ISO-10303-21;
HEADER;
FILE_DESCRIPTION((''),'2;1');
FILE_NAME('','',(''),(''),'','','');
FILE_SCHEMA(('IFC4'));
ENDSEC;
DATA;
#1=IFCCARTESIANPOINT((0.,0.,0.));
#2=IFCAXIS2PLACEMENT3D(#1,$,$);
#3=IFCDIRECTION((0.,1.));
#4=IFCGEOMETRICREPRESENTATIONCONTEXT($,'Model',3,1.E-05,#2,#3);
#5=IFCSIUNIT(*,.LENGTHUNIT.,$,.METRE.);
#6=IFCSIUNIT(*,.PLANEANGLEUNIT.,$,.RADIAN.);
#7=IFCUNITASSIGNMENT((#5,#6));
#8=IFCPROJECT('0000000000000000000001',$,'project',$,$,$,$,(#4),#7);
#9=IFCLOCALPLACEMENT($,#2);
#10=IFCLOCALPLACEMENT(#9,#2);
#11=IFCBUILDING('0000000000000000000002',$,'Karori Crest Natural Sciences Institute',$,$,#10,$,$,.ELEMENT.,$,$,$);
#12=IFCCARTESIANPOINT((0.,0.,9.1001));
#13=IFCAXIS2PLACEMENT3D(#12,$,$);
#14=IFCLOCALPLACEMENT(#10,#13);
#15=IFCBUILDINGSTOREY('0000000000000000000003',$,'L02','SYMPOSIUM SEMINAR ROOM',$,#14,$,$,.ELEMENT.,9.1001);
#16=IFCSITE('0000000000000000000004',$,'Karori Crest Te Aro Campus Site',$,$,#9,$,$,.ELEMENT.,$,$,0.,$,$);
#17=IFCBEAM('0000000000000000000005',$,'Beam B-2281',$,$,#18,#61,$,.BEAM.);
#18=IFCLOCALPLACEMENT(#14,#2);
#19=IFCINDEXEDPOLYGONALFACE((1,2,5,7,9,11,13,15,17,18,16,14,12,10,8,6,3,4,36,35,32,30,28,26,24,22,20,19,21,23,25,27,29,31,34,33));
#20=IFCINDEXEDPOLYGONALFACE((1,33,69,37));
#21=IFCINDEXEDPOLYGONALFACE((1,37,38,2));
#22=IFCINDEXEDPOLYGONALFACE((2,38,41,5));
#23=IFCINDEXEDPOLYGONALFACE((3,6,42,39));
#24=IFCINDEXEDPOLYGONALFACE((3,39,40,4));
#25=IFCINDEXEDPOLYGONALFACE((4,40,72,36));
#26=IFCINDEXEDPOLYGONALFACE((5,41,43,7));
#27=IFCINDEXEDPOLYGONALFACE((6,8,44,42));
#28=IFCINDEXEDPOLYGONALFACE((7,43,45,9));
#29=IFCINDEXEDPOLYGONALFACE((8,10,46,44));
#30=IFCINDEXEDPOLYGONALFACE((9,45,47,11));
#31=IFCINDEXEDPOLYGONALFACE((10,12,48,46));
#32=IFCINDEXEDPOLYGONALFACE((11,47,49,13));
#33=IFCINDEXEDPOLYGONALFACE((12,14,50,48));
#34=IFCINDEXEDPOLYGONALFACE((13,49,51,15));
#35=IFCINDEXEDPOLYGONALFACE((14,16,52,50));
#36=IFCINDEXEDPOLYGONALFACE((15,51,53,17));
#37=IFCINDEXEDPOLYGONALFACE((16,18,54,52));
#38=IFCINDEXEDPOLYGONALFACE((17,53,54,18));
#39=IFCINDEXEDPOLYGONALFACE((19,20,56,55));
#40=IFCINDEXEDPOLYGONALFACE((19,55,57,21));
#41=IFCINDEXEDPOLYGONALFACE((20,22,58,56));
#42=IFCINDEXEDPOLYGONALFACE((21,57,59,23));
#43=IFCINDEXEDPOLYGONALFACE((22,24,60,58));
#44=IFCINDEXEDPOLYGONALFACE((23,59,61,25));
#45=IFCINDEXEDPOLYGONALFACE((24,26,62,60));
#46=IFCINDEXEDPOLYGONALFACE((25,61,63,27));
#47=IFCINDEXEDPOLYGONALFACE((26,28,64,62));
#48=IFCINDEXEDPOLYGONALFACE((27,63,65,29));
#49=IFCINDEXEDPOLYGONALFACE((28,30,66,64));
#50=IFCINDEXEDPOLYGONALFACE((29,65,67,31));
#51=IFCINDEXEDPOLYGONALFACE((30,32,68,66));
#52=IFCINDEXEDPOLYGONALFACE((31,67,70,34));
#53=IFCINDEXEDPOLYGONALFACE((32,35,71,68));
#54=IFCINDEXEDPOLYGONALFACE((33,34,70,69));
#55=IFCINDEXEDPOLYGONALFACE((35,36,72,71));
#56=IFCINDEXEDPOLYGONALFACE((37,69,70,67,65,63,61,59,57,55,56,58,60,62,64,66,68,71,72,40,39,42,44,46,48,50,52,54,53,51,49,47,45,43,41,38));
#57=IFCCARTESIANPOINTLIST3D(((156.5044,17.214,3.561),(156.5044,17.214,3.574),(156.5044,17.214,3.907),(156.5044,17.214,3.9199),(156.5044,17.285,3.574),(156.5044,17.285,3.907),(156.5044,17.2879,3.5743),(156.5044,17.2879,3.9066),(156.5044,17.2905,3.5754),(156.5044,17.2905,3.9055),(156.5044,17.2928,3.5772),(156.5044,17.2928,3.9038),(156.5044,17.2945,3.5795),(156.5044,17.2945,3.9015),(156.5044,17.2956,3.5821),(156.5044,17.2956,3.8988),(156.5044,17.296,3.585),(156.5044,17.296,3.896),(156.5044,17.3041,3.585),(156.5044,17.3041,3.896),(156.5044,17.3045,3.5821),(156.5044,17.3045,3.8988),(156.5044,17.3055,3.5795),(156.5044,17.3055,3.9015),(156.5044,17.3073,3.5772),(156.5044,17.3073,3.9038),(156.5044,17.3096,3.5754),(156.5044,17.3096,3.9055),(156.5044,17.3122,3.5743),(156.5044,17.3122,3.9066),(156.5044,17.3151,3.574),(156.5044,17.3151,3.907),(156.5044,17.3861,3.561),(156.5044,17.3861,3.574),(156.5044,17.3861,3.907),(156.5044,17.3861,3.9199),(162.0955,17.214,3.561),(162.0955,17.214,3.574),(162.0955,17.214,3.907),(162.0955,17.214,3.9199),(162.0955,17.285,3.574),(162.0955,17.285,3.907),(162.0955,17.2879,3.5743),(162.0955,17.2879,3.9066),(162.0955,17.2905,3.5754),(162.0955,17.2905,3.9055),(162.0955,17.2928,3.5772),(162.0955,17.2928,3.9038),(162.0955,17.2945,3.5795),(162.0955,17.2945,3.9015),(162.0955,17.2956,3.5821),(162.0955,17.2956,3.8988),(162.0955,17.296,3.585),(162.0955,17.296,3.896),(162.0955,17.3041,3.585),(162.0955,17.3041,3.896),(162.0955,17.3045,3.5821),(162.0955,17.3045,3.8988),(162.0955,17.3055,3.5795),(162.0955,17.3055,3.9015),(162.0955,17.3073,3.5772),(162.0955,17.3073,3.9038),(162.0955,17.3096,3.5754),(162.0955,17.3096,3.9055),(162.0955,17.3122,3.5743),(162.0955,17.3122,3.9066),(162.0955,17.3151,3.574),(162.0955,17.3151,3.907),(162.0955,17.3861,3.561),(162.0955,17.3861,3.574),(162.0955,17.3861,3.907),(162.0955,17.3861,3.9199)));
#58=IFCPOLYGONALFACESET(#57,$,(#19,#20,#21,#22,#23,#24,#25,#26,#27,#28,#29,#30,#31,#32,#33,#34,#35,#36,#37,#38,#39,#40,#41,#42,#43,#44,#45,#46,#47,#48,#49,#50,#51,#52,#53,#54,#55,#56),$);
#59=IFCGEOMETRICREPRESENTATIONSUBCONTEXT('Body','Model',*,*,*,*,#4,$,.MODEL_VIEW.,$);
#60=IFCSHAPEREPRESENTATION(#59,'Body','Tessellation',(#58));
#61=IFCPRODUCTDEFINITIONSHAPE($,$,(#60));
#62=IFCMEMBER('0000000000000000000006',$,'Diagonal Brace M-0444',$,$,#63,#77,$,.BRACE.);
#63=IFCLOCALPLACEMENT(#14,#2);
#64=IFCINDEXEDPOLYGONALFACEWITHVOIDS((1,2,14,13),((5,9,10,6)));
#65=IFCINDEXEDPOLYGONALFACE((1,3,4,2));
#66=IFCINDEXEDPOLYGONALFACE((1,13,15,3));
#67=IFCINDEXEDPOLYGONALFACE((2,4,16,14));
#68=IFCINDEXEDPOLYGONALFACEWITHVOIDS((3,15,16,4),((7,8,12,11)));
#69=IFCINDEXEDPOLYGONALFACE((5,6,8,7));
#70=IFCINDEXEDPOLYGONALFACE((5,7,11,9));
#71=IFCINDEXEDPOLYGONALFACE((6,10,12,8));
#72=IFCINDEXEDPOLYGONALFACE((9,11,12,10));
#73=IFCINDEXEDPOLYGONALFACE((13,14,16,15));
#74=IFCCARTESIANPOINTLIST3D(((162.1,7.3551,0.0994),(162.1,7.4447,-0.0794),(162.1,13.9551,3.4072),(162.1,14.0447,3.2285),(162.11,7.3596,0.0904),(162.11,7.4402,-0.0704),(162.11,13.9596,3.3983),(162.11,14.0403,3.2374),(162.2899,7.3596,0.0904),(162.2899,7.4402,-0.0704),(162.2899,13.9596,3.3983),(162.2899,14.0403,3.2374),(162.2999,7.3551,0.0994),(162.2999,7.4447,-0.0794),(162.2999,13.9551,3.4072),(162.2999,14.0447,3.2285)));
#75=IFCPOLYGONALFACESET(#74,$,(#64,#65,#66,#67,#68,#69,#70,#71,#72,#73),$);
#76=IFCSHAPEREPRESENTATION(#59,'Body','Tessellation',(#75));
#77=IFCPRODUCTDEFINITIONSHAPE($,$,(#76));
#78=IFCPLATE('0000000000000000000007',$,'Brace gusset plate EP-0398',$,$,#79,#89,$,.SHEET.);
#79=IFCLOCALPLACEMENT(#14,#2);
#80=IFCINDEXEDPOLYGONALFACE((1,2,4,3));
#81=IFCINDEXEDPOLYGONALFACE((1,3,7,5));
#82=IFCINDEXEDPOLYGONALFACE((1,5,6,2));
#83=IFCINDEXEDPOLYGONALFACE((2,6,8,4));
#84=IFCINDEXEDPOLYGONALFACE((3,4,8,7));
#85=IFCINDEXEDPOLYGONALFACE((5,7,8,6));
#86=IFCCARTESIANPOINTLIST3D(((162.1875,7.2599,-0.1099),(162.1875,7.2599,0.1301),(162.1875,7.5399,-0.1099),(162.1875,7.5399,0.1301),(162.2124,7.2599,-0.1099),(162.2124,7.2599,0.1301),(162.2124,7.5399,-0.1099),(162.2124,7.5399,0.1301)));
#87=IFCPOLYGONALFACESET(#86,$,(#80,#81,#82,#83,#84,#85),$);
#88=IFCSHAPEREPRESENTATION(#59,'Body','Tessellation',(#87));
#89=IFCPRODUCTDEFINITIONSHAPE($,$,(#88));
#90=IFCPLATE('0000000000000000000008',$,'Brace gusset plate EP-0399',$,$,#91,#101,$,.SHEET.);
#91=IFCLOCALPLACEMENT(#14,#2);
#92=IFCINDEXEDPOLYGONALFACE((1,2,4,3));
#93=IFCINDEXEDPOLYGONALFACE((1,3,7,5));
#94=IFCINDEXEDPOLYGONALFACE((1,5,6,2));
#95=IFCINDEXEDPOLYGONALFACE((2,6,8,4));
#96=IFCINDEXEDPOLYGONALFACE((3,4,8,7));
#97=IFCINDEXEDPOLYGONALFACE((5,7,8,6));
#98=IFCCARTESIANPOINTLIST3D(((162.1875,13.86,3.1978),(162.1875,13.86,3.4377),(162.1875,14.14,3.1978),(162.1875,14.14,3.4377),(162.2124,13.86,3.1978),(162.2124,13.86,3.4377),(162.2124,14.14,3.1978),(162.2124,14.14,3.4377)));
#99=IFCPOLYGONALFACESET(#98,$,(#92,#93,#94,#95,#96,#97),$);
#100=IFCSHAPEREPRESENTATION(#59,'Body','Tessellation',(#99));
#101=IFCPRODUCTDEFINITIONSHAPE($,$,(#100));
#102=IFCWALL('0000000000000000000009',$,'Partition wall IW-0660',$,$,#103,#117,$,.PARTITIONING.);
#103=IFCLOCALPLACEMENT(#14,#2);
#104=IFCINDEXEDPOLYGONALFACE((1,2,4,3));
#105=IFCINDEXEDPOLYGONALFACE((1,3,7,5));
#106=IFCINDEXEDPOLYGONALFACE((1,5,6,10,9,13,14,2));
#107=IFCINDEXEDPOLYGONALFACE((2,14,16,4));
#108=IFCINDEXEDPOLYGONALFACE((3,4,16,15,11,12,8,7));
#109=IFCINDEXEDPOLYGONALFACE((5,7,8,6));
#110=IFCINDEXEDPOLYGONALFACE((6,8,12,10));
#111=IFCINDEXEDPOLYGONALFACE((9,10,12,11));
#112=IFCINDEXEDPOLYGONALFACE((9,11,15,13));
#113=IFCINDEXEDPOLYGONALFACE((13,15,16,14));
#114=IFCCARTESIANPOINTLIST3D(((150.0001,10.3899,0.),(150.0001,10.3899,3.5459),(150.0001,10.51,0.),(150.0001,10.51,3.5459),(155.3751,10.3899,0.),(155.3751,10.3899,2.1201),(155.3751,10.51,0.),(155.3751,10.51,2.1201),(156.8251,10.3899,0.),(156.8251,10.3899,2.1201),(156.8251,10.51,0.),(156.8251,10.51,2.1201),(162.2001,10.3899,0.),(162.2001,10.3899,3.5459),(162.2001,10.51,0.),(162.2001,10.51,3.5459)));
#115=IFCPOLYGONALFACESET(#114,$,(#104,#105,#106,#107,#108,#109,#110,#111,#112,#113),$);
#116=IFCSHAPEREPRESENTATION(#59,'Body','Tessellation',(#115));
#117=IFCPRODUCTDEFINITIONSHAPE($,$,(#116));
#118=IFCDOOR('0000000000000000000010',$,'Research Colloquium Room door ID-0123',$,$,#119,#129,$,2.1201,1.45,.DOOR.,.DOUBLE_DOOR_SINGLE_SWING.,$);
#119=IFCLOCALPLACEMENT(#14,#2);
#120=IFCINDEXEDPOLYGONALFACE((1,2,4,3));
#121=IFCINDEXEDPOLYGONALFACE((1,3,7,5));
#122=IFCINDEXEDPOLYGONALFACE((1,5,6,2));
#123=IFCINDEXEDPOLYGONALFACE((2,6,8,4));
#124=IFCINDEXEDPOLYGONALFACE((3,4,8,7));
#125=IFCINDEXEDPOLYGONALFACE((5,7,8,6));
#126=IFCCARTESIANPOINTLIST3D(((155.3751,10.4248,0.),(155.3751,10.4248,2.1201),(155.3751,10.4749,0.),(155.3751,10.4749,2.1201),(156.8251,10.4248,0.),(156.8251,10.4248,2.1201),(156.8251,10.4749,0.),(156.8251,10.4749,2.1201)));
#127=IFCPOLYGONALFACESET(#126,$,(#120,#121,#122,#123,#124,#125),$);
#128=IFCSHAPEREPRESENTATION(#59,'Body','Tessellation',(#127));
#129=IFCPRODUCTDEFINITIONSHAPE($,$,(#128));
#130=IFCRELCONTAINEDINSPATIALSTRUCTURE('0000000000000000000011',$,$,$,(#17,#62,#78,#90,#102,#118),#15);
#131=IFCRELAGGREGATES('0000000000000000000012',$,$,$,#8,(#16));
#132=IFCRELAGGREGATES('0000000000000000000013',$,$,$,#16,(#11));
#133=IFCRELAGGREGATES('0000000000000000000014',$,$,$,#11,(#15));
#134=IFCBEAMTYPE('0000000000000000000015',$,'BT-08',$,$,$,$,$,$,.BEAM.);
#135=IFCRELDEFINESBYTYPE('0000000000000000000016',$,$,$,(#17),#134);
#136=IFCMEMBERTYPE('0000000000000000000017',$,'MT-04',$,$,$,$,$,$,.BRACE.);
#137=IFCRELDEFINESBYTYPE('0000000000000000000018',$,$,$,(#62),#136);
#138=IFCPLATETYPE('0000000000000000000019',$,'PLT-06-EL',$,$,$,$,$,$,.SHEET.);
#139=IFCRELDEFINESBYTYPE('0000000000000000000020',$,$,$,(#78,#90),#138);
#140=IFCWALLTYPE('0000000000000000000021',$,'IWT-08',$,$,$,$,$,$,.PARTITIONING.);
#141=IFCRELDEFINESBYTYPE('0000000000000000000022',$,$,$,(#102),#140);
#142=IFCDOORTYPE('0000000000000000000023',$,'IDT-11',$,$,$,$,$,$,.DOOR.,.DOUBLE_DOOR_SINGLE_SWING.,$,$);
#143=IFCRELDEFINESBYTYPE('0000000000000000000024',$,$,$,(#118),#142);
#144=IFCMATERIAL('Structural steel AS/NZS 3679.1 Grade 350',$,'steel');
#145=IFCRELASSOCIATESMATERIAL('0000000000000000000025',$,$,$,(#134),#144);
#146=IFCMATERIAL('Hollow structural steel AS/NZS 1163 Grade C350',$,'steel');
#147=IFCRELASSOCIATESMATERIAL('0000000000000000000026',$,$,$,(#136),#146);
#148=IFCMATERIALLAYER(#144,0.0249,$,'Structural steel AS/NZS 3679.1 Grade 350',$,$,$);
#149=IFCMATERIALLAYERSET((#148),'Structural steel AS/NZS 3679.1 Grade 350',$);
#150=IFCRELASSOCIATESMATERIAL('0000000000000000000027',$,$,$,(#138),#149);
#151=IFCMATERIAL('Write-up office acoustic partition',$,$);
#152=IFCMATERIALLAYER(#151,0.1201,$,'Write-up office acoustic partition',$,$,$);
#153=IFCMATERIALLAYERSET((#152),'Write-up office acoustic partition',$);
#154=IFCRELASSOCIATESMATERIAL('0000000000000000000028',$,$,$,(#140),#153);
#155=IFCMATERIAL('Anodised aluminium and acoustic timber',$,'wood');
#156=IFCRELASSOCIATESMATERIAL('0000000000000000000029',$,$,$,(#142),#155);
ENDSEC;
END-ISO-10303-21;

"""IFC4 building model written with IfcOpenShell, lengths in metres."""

from ifc_helpers import new_model, si_unit, direction, frame, frame_2d, origin, origin_2d, place, context, subcontext, project, spatial, rectangle, hollow_rectangle, i_section, extrude, material, layer, layer_set, material_profile, profile_set, type_object, element, fill, save


model = new_model("IFC4")

# Units and contexts
model_context = context("Model", 3, precision=1e-05, world=origin(), true_north=direction((0.0, 1.0)))
body_context = subcontext(model_context, "Body", "Model", "MODEL_VIEW")
ifc_project = project(units=[si_unit("LENGTHUNIT", "METRE"), si_unit("PLANEANGLEUNIT", "RADIAN")], contexts=[model_context])

# Site, building, storey
site_placement = place(None, origin())
site = spatial("IfcSite", under=ifc_project, at=site_placement, Name="Karori Crest Te Aro Campus Site", CompositionType="ELEMENT", RefElevation=0.0)
building_placement = place(site_placement, origin())
building = spatial("IfcBuilding", under=site, at=building_placement, Name="Karori Crest Natural Sciences Institute", CompositionType="ELEMENT")
storey_placement = place(building_placement, frame((0.0, 0.0, 9.1001)))
storey = spatial("IfcBuildingStorey", under=building, at=storey_placement, Name="L02", Description="SYMPOSIUM SEMINAR ROOM", CompositionType="ELEMENT", Elevation=9.1001)

# Shared definitions
ifc_material_1 = material(Name="Structural steel AS/NZS 3679.1 Grade 350", Category="steel")

# Beam
ifc_material_profile_1 = material_profile(ifc_material_1, i_section(OverallWidth=0.1721, OverallDepth=0.3589, WebThickness=0.0081, FlangeThickness=0.0129, FilletRadius=0.011, at=origin_2d()), Name="360UB56.7")
ifc_profile_set_1 = profile_set([ifc_material_profile_1], Name="Structural steel AS/NZS 3679.1 Grade 350")
beam_type_1 = type_object("IfcBeamType", Name="BT-08", PredefinedType="BEAM", material=ifc_profile_set_1)
for number, where, z_axis, x_axis, name in (
    (1, (156.5044, 17.3, 3.7405), (1.0, 0.0, 0.0), (0.0, 1.0, 0.0), "Beam B-2281"),
):
    element("IfcBeam", number, at=place(storey_placement, frame(where, z_axis=z_axis, x_axis=x_axis)), inside=storey, type_object=beam_type_1, Name=name, PredefinedType="BEAM", context=body_context, shape_type="SweptSolid", body=[
        extrude(i_section(OverallWidth=0.1721, OverallDepth=0.3589, WebThickness=0.0081, FlangeThickness=0.0129, FilletRadius=0.011, at=origin_2d()), origin(), (0.0, 0.0, 1.0), 5.5911),
    ])

# Member
ifc_material_2 = material(Name="Hollow structural steel AS/NZS 1163 Grade C350", Category="steel")
ifc_material_profile_2 = material_profile(ifc_material_2, hollow_rectangle(XDim=0.2, YDim=0.2, WallThickness=0.01, at=origin_2d()), Name="SHS200x200x10")
ifc_profile_set_2 = profile_set([ifc_material_profile_2], Name="Hollow structural steel AS/NZS 1163 Grade C350")
member_type = type_object("IfcMemberType", Name="MT-04", PredefinedType="BRACE", material=ifc_profile_set_2)
member_placement = place(storey_placement, frame((162.2, 7.3999, 0.01), z_axis=(0.0, 0.894003, 0.44806), x_axis=(-1.0, 0.0, 0.0)))
element("IfcMember", 2, at=member_placement, inside=storey, type_object=member_type, Name="Diagonal Brace M-0444", PredefinedType="BRACE", context=body_context, shape_type="SweptSolid", body=[
    extrude(hollow_rectangle(XDim=0.2, YDim=0.2, WallThickness=0.01, at=origin_2d()), origin(), (0.0, 0.0, 1.0), 7.3826),
])

# Plates
ifc_layer_1 = layer(ifc_material_1, 0.0249, Name="Structural steel AS/NZS 3679.1 Grade 350")
ifc_layer_set_1 = layer_set([ifc_layer_1], Name="Structural steel AS/NZS 3679.1 Grade 350")
plate_type = type_object("IfcPlateType", Name="PLT-06-EL", PredefinedType="SHEET", material=ifc_layer_set_1)
for number, where, z_axis, x_axis, name in (
    (3, (162.2, 7.3999, -0.1099), (0.0, 0.0, 1.0), (0.0, 1.0, 0.0), "Brace gusset plate EP-0398"),
    (4, (162.2, 14.0, 3.1978), (0.0, 0.0, 1.0), (0.0, 1.0, 0.0), "Brace gusset plate EP-0399"),
):
    element("IfcPlate", number, at=place(storey_placement, frame(where, z_axis=z_axis, x_axis=x_axis)), inside=storey, type_object=plate_type, Name=name, PredefinedType="SHEET", context=body_context, shape_type="SweptSolid", body=[
        extrude(rectangle(XDim=0.28, YDim=0.0249, at=origin_2d()), origin(), (0.0, 0.0, 1.0), 0.24),
    ])

# Wall, opening, door
ifc_material_3 = material(Name="Write-up office acoustic partition")
ifc_layer_2 = layer(ifc_material_3, 0.1201, Name="Write-up office acoustic partition")
ifc_layer_set_2 = layer_set([ifc_layer_2], Name="Write-up office acoustic partition")
wall_type_1 = type_object("IfcWallType", Name="IWT-08", PredefinedType="PARTITIONING", material=ifc_layer_set_2)
wall_1_placement = place(storey_placement, frame((150.0, 10.45, 0.0), z_axis=(0.0, 0.0, 1.0), x_axis=(1.0, 0.0, 0.0)))
wall_1 = element("IfcWall", 5, at=wall_1_placement, inside=storey, type_object=wall_type_1, Name="Partition wall IW-0660", PredefinedType="PARTITIONING", context=body_context, shape_type="SweptSolid", body=[
    extrude(rectangle(XDim=12.2, YDim=0.1201, at=frame_2d((6.1001, 0.0))), origin(), (0.0, 0.0, 1.0), 3.5459),
])
opening_1_placement = place(wall_1_placement, frame((5.375, 0.0, 0.0)))
opening_1 = element("IfcOpeningElement", 6, at=opening_1_placement, cuts=wall_1, PredefinedType="OPENING", context=body_context, shape_type="SweptSolid", body=[
    extrude(rectangle(XDim=1.45, YDim=2.1201, at=frame_2d((0.7251, 1.0601))), frame((0.0, 0.0701, 0.0), z_axis=(0.0, -1.0, 0.0), x_axis=(1.0, 0.0, 0.0)), (0.0, 0.0, 1.0), 0.1401),
])
ifc_material_4 = material(Name="Anodised aluminium and acoustic timber", Category="wood")
door_type = type_object("IfcDoorType", Name="IDT-11", OperationType="DOUBLE_DOOR_SINGLE_SWING", PredefinedType="DOOR", material=ifc_material_4)
door_placement = place(opening_1_placement, origin())
door = element("IfcDoor", 7, at=door_placement, inside=storey, type_object=door_type, Name="Research Colloquium Room door ID-0123", OperationType="DOUBLE_DOOR_SINGLE_SWING", OverallHeight=2.1201, OverallWidth=1.45, PredefinedType="DOOR", context=body_context, shape_type="SweptSolid", body=[
    extrude(rectangle(XDim=1.45, YDim=2.1201, at=frame_2d((0.7251, 1.0601))), frame((0.0, 0.0249, 0.0), z_axis=(0.0, -1.0, 0.0), x_axis=(1.0, 0.0, 0.0)), (0.0, 0.0, 1.0), 0.05),
])
fill(opening_1, door)

save(model, "model.ifc")
